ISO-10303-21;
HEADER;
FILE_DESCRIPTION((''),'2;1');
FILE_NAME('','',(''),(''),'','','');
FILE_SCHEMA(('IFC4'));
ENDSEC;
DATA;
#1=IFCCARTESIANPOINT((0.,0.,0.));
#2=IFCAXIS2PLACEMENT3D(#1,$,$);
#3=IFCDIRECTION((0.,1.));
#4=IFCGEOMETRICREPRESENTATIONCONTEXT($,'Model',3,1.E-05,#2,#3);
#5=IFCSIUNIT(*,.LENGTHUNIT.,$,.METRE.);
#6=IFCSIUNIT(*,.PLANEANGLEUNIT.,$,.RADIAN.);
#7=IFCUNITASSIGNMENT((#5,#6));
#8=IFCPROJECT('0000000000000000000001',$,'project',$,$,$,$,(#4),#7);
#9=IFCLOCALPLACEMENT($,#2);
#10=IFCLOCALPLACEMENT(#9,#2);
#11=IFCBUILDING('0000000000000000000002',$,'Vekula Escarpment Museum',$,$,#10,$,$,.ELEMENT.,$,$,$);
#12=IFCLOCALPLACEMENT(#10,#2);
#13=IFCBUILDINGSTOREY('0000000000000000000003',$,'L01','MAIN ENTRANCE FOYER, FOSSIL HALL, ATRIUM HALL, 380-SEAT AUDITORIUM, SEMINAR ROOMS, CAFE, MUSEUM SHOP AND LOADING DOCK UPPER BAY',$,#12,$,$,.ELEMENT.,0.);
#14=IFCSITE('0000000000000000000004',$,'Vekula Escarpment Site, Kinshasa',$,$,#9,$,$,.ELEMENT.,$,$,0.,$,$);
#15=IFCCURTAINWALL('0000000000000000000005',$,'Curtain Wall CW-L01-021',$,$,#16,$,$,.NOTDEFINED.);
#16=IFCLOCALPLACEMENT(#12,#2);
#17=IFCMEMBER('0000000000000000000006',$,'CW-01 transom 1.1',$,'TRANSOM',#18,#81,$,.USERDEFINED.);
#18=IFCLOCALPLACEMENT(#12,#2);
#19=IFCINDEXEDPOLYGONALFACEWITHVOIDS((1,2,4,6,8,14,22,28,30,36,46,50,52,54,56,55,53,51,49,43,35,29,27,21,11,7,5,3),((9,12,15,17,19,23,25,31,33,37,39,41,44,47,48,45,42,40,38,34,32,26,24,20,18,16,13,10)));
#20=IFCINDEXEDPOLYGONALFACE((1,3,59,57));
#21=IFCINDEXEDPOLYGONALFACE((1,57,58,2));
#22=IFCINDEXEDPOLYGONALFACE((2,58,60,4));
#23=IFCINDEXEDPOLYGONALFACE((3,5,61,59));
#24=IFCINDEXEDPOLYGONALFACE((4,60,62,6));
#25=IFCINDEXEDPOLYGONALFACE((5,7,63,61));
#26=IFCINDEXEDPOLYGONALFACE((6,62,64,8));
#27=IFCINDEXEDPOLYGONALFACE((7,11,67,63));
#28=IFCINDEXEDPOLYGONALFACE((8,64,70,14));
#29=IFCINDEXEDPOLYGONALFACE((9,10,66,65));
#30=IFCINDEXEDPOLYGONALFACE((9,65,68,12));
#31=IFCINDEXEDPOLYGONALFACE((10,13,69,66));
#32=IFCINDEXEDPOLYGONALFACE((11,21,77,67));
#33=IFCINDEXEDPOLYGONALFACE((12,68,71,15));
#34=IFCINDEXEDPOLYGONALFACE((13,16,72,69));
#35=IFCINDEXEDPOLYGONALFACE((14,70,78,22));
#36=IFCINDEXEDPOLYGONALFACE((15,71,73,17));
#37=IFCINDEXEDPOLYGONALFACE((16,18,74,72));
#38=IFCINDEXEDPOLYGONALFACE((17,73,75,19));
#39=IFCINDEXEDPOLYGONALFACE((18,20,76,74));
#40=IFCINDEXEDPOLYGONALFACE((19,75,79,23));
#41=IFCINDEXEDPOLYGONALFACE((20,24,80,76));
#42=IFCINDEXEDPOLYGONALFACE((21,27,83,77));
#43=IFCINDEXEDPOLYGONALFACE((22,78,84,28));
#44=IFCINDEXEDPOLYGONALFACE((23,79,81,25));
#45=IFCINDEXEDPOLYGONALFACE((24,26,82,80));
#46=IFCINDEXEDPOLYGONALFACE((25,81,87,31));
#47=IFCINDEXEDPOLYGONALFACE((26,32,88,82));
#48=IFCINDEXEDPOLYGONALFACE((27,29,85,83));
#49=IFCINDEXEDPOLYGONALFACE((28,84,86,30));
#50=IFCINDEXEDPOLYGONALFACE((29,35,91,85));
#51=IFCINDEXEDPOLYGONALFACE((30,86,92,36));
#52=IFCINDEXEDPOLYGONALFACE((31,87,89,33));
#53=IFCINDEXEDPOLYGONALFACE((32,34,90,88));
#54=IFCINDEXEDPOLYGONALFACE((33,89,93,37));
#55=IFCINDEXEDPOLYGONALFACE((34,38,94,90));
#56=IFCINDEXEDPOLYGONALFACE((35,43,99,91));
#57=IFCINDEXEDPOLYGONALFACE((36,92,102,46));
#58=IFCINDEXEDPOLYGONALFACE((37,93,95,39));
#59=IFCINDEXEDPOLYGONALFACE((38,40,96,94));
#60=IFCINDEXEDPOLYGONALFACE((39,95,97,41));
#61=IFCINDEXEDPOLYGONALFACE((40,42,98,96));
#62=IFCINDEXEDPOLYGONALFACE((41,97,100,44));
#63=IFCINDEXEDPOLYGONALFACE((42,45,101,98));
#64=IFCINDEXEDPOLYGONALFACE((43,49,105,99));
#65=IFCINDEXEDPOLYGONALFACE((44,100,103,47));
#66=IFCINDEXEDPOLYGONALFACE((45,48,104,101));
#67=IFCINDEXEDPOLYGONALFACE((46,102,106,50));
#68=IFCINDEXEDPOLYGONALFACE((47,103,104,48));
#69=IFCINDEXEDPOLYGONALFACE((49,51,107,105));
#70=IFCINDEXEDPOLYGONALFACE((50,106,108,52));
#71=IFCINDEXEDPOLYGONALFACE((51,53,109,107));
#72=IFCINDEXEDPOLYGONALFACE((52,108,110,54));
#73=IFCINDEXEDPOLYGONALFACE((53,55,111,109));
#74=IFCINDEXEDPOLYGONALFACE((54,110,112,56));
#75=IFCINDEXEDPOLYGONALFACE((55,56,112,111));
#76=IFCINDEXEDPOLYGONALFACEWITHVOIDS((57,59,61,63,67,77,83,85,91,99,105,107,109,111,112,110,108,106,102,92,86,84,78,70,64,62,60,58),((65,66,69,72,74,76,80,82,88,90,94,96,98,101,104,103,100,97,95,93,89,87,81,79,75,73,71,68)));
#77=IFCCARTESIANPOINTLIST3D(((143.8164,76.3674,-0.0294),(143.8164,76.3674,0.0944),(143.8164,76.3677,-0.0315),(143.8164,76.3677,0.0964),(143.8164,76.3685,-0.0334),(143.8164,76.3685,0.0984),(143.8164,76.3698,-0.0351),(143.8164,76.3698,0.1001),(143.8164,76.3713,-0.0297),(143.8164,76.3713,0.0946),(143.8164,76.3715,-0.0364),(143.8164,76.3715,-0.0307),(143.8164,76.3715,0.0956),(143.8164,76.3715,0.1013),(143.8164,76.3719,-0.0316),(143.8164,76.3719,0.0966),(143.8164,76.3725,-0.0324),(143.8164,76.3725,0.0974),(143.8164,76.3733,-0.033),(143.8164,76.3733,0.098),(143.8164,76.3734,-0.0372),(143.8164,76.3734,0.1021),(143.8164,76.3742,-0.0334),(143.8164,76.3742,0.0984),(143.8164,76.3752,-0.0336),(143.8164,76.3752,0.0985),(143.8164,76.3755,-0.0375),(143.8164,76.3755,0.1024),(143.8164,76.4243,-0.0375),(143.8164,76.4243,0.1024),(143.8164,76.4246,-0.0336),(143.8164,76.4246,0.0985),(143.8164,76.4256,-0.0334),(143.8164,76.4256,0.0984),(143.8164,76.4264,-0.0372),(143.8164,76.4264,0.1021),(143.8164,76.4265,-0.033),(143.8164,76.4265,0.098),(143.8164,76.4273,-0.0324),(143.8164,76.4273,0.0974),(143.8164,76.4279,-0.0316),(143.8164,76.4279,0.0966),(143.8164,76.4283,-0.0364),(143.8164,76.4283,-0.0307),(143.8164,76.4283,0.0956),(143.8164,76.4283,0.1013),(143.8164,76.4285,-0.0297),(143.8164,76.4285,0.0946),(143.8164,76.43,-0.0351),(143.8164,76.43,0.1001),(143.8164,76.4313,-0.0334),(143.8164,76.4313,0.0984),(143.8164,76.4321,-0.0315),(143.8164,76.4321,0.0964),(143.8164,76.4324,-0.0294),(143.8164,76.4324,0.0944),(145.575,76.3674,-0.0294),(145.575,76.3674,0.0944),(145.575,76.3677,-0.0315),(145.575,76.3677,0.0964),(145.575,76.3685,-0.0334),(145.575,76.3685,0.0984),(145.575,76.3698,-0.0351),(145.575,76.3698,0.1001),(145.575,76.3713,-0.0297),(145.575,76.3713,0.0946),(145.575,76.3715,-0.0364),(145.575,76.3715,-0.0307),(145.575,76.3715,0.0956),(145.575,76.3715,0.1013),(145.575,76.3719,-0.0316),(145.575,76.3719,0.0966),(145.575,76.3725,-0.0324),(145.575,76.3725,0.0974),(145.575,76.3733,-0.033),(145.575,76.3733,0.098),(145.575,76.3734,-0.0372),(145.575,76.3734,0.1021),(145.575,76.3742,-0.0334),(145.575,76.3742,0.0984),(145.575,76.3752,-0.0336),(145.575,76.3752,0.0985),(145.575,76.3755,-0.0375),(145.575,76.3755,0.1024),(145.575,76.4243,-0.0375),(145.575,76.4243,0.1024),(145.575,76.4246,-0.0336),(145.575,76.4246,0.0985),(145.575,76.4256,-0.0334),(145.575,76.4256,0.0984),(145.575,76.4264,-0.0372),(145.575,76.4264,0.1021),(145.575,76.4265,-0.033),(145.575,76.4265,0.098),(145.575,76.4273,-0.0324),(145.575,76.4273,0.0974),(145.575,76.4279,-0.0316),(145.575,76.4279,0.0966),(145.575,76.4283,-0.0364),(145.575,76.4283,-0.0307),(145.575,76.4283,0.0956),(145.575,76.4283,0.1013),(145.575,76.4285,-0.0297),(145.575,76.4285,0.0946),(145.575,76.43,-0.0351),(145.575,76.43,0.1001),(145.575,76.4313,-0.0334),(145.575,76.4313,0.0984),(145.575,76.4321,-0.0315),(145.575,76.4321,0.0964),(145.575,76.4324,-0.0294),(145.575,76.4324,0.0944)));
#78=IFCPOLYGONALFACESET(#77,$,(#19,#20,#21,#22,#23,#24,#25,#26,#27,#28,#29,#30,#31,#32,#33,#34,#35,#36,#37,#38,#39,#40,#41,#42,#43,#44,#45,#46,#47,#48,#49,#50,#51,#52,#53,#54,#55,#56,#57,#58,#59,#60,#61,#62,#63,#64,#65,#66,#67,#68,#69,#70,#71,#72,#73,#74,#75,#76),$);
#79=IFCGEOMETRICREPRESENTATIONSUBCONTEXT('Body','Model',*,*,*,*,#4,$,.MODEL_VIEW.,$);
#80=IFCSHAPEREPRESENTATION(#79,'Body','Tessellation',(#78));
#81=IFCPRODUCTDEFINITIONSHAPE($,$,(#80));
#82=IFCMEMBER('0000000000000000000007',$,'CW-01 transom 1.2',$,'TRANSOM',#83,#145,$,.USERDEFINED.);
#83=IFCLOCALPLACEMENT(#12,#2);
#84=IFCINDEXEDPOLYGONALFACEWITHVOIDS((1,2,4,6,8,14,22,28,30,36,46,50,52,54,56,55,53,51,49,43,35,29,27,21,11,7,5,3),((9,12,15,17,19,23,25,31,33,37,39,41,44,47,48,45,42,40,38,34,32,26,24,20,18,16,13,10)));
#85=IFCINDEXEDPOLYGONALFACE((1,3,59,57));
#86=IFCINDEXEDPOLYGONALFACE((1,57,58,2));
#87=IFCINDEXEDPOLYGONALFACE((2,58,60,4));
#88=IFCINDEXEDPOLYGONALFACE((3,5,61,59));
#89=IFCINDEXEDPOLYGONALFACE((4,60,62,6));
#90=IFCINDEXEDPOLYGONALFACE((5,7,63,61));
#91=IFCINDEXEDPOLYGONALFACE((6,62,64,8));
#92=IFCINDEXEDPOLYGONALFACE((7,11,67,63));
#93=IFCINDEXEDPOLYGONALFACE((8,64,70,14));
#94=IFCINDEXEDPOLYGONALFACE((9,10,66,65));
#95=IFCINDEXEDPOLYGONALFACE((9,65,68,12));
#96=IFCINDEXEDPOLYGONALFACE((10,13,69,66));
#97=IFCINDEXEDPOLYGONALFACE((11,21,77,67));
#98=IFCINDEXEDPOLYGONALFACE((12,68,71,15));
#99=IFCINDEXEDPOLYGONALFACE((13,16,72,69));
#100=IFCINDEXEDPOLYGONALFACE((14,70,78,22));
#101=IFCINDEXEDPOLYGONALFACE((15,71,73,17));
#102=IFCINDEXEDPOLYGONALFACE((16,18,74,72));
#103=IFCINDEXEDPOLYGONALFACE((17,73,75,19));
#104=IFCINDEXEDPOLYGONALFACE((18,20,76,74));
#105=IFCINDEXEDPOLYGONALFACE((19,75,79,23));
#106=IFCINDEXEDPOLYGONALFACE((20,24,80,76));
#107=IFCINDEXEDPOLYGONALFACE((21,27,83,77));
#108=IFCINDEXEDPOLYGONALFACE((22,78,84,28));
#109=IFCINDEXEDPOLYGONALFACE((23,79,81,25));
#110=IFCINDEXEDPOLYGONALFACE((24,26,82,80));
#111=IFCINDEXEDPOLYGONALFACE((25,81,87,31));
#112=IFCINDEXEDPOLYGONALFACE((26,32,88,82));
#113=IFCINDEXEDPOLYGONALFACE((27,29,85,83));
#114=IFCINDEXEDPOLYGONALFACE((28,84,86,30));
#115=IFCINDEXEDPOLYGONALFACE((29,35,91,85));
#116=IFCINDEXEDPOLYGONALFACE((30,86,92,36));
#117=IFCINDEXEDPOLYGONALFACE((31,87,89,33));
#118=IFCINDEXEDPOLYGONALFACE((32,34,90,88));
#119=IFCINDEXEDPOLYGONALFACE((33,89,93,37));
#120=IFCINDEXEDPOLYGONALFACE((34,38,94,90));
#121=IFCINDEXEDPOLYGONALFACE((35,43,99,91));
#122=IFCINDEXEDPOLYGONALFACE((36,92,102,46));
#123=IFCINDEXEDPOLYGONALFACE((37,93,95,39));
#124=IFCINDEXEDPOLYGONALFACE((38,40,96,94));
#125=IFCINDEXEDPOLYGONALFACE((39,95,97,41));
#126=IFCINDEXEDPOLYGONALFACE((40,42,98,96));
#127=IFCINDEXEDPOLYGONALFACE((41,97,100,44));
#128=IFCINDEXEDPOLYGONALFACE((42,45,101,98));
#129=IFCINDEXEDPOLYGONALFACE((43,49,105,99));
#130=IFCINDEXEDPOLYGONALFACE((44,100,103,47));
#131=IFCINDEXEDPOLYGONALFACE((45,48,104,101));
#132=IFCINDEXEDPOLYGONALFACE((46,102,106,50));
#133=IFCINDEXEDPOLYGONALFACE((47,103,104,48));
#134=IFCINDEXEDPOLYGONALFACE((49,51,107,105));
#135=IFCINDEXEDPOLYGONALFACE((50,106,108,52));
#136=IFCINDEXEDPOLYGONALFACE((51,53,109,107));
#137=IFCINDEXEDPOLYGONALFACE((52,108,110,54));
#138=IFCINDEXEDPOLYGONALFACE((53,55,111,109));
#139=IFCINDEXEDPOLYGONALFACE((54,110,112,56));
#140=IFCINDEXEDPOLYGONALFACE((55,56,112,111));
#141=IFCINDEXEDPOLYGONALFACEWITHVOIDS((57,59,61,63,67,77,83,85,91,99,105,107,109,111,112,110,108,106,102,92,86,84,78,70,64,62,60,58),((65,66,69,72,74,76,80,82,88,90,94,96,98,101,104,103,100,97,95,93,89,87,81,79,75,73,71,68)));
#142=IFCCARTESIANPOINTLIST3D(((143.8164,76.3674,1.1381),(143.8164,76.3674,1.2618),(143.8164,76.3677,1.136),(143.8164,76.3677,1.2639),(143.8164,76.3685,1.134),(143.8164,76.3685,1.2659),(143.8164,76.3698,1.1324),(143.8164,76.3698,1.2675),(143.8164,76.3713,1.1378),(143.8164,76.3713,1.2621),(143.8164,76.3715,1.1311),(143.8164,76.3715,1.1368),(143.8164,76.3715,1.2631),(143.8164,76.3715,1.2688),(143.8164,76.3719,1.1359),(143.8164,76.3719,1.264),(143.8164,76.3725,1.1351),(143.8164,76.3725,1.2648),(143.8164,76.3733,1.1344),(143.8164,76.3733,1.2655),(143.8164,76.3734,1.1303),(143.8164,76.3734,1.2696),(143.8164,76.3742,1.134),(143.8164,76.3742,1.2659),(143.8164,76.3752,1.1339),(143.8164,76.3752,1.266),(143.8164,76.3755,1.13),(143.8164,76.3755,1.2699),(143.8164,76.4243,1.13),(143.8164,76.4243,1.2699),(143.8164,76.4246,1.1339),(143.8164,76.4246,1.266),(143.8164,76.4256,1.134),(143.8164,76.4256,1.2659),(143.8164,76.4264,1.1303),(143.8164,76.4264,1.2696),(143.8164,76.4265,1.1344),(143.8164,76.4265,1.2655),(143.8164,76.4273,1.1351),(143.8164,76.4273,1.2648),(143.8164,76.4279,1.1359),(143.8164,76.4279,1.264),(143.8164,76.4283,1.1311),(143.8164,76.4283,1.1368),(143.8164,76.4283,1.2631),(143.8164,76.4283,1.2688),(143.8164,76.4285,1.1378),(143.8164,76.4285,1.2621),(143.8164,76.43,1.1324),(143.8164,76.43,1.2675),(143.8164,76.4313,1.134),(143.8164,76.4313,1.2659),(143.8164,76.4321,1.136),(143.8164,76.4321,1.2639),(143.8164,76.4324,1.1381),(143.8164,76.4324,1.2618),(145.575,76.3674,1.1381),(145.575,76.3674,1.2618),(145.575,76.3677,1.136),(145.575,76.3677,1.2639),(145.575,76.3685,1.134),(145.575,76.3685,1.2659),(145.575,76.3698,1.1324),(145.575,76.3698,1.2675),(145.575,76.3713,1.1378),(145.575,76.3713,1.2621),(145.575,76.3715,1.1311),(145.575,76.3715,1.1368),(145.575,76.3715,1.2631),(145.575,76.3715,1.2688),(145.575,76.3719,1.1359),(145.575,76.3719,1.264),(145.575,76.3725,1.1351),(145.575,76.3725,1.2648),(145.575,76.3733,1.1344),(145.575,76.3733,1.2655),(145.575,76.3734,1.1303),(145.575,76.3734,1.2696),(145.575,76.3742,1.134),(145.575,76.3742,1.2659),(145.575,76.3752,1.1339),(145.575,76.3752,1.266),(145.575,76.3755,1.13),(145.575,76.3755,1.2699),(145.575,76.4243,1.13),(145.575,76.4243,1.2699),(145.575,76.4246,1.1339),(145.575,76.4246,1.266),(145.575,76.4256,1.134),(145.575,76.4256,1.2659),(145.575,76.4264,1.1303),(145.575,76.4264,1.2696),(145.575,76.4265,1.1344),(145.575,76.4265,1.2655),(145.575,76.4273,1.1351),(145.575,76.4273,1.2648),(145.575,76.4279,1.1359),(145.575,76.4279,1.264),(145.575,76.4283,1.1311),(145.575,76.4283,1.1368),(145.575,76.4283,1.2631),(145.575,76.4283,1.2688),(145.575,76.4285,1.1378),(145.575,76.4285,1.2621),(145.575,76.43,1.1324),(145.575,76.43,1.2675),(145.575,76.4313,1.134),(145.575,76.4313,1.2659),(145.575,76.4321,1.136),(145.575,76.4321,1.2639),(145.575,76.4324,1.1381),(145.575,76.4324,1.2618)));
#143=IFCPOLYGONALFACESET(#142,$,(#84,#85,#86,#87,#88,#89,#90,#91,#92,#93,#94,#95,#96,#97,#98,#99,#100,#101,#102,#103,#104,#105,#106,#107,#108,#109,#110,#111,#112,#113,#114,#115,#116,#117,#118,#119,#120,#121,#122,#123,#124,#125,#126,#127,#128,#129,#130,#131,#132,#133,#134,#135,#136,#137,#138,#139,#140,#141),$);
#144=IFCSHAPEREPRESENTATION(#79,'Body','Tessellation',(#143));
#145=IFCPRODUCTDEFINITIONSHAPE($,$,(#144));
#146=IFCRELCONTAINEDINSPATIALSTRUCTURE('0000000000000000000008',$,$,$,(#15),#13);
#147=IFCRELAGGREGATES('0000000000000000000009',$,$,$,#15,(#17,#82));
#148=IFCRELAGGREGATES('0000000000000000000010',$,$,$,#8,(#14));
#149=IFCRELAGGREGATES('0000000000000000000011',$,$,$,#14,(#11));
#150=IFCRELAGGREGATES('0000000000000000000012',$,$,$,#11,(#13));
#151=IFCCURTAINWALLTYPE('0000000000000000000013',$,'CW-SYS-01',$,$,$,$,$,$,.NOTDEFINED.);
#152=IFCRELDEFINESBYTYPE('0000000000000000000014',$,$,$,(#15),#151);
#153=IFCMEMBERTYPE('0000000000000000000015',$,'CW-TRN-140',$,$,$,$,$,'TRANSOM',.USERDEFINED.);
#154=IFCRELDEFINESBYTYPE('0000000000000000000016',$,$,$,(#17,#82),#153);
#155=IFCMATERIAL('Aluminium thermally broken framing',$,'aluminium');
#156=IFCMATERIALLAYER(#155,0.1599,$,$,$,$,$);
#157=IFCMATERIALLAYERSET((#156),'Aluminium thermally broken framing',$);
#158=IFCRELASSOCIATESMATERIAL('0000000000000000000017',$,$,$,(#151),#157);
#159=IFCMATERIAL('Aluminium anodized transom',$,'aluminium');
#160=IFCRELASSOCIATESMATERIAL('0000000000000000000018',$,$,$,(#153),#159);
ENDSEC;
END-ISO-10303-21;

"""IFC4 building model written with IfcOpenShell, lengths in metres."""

from ifc_helpers import new_model, si_unit, direction, frame, origin, origin_2d, place, context, subcontext, project, spatial, hollow_rectangle, extrude, material, layer, layer_set, material_profile, profile_set, type_object, element, aggregate, save


model = new_model("IFC4")

# Units and contexts
model_context = context("Model", 3, precision=1e-05, world=origin(), true_north=direction((0.0, 1.0)))
body_context = subcontext(model_context, "Body", "Model", "MODEL_VIEW")
ifc_project = project(units=[si_unit("LENGTHUNIT", "METRE"), si_unit("PLANEANGLEUNIT", "RADIAN")], contexts=[model_context])

# Site, building, storey
site_placement = place(None, origin())
site = spatial("IfcSite", under=ifc_project, at=site_placement, Name="Vekula Escarpment Site, Kinshasa", CompositionType="ELEMENT", RefElevation=0.0)
building_placement = place(site_placement, origin())
building = spatial("IfcBuilding", under=site, at=building_placement, Name="Vekula Escarpment Museum", CompositionType="ELEMENT")
storey_placement = place(building_placement, origin())
storey = spatial("IfcBuildingStorey", under=building, at=storey_placement, Name="L01", Description="MAIN ENTRANCE FOYER, FOSSIL HALL, ATRIUM HALL, 380-SEAT AUDITORIUM, SEMINAR ROOMS, CAFE, MUSEUM SHOP AND LOADING DOCK UPPER BAY", CompositionType="ELEMENT", Elevation=0.0)

# Curtain wall
ifc_material_1 = material(Name="Aluminium thermally broken framing", Category="aluminium")
ifc_layer_1 = layer(ifc_material_1, 0.1599)
ifc_layer_set_1 = layer_set([ifc_layer_1], Name="Aluminium thermally broken framing")
curtain_wall_type_1 = type_object("IfcCurtainWallType", Name="CW-SYS-01", PredefinedType="NOTDEFINED", material=ifc_layer_set_1)
curtain_wall_1_placement = place(storey_placement, origin())
curtain_wall_1 = element("IfcCurtainWall", 1, at=curtain_wall_1_placement, inside=storey, type_object=curtain_wall_type_1, Name="Curtain Wall CW-L01-021", PredefinedType="NOTDEFINED")

# Members
ifc_material_2 = material(Name="Aluminium anodized transom", Category="aluminium")
ifc_material_profile_1 = material_profile(ifc_material_2, hollow_rectangle(XDim=0.0649, YDim=0.1399, WallThickness=0.0039, InnerFilletRadius=0.0039, OuterFilletRadius=0.0081, at=origin_2d()), Name="ALU 140x65x4")
ifc_profile_set_1 = profile_set([ifc_material_profile_1], Name="Aluminium anodized transom")
member_type_1 = type_object("IfcMemberType", Name="CW-TRN-140", ElementType="TRANSOM", PredefinedType="USERDEFINED", material=ifc_profile_set_1)
member_1_placement = place(storey_placement, frame((145.575, 76.3999, 0.0325), z_axis=(-1.0, 0.0, 0.0), x_axis=(0.0, -1.0, 0.0)))
member_1 = element("IfcMember", 2, at=member_1_placement, type_object=member_type_1, Name="CW-01 transom 1.1", ObjectType="TRANSOM", PredefinedType="USERDEFINED", context=body_context, shape_type="SweptSolid", body=[
    extrude(hollow_rectangle(XDim=0.0649, YDim=0.1399, WallThickness=0.0039, InnerFilletRadius=0.0039, OuterFilletRadius=0.0081, at=origin_2d()), origin(), (0.0, 0.0, 1.0), 1.7585),
])
member_2_placement = place(storey_placement, frame((145.575, 76.3999, 1.2), z_axis=(-1.0, 0.0, 0.0), x_axis=(0.0, -1.0, 0.0)))
member_2 = element("IfcMember", 3, at=member_2_placement, type_object=member_type_1, Name="CW-01 transom 1.2", ObjectType="TRANSOM", PredefinedType="USERDEFINED", context=body_context, shape_type="SweptSolid", body=[
    extrude(hollow_rectangle(XDim=0.0649, YDim=0.1399, WallThickness=0.0039, InnerFilletRadius=0.0039, OuterFilletRadius=0.0081, at=origin_2d()), origin(), (0.0, 0.0, 1.0), 1.7585),
])

aggregate(curtain_wall_1, [member_1, member_2])

save(model, "model.ifc")
